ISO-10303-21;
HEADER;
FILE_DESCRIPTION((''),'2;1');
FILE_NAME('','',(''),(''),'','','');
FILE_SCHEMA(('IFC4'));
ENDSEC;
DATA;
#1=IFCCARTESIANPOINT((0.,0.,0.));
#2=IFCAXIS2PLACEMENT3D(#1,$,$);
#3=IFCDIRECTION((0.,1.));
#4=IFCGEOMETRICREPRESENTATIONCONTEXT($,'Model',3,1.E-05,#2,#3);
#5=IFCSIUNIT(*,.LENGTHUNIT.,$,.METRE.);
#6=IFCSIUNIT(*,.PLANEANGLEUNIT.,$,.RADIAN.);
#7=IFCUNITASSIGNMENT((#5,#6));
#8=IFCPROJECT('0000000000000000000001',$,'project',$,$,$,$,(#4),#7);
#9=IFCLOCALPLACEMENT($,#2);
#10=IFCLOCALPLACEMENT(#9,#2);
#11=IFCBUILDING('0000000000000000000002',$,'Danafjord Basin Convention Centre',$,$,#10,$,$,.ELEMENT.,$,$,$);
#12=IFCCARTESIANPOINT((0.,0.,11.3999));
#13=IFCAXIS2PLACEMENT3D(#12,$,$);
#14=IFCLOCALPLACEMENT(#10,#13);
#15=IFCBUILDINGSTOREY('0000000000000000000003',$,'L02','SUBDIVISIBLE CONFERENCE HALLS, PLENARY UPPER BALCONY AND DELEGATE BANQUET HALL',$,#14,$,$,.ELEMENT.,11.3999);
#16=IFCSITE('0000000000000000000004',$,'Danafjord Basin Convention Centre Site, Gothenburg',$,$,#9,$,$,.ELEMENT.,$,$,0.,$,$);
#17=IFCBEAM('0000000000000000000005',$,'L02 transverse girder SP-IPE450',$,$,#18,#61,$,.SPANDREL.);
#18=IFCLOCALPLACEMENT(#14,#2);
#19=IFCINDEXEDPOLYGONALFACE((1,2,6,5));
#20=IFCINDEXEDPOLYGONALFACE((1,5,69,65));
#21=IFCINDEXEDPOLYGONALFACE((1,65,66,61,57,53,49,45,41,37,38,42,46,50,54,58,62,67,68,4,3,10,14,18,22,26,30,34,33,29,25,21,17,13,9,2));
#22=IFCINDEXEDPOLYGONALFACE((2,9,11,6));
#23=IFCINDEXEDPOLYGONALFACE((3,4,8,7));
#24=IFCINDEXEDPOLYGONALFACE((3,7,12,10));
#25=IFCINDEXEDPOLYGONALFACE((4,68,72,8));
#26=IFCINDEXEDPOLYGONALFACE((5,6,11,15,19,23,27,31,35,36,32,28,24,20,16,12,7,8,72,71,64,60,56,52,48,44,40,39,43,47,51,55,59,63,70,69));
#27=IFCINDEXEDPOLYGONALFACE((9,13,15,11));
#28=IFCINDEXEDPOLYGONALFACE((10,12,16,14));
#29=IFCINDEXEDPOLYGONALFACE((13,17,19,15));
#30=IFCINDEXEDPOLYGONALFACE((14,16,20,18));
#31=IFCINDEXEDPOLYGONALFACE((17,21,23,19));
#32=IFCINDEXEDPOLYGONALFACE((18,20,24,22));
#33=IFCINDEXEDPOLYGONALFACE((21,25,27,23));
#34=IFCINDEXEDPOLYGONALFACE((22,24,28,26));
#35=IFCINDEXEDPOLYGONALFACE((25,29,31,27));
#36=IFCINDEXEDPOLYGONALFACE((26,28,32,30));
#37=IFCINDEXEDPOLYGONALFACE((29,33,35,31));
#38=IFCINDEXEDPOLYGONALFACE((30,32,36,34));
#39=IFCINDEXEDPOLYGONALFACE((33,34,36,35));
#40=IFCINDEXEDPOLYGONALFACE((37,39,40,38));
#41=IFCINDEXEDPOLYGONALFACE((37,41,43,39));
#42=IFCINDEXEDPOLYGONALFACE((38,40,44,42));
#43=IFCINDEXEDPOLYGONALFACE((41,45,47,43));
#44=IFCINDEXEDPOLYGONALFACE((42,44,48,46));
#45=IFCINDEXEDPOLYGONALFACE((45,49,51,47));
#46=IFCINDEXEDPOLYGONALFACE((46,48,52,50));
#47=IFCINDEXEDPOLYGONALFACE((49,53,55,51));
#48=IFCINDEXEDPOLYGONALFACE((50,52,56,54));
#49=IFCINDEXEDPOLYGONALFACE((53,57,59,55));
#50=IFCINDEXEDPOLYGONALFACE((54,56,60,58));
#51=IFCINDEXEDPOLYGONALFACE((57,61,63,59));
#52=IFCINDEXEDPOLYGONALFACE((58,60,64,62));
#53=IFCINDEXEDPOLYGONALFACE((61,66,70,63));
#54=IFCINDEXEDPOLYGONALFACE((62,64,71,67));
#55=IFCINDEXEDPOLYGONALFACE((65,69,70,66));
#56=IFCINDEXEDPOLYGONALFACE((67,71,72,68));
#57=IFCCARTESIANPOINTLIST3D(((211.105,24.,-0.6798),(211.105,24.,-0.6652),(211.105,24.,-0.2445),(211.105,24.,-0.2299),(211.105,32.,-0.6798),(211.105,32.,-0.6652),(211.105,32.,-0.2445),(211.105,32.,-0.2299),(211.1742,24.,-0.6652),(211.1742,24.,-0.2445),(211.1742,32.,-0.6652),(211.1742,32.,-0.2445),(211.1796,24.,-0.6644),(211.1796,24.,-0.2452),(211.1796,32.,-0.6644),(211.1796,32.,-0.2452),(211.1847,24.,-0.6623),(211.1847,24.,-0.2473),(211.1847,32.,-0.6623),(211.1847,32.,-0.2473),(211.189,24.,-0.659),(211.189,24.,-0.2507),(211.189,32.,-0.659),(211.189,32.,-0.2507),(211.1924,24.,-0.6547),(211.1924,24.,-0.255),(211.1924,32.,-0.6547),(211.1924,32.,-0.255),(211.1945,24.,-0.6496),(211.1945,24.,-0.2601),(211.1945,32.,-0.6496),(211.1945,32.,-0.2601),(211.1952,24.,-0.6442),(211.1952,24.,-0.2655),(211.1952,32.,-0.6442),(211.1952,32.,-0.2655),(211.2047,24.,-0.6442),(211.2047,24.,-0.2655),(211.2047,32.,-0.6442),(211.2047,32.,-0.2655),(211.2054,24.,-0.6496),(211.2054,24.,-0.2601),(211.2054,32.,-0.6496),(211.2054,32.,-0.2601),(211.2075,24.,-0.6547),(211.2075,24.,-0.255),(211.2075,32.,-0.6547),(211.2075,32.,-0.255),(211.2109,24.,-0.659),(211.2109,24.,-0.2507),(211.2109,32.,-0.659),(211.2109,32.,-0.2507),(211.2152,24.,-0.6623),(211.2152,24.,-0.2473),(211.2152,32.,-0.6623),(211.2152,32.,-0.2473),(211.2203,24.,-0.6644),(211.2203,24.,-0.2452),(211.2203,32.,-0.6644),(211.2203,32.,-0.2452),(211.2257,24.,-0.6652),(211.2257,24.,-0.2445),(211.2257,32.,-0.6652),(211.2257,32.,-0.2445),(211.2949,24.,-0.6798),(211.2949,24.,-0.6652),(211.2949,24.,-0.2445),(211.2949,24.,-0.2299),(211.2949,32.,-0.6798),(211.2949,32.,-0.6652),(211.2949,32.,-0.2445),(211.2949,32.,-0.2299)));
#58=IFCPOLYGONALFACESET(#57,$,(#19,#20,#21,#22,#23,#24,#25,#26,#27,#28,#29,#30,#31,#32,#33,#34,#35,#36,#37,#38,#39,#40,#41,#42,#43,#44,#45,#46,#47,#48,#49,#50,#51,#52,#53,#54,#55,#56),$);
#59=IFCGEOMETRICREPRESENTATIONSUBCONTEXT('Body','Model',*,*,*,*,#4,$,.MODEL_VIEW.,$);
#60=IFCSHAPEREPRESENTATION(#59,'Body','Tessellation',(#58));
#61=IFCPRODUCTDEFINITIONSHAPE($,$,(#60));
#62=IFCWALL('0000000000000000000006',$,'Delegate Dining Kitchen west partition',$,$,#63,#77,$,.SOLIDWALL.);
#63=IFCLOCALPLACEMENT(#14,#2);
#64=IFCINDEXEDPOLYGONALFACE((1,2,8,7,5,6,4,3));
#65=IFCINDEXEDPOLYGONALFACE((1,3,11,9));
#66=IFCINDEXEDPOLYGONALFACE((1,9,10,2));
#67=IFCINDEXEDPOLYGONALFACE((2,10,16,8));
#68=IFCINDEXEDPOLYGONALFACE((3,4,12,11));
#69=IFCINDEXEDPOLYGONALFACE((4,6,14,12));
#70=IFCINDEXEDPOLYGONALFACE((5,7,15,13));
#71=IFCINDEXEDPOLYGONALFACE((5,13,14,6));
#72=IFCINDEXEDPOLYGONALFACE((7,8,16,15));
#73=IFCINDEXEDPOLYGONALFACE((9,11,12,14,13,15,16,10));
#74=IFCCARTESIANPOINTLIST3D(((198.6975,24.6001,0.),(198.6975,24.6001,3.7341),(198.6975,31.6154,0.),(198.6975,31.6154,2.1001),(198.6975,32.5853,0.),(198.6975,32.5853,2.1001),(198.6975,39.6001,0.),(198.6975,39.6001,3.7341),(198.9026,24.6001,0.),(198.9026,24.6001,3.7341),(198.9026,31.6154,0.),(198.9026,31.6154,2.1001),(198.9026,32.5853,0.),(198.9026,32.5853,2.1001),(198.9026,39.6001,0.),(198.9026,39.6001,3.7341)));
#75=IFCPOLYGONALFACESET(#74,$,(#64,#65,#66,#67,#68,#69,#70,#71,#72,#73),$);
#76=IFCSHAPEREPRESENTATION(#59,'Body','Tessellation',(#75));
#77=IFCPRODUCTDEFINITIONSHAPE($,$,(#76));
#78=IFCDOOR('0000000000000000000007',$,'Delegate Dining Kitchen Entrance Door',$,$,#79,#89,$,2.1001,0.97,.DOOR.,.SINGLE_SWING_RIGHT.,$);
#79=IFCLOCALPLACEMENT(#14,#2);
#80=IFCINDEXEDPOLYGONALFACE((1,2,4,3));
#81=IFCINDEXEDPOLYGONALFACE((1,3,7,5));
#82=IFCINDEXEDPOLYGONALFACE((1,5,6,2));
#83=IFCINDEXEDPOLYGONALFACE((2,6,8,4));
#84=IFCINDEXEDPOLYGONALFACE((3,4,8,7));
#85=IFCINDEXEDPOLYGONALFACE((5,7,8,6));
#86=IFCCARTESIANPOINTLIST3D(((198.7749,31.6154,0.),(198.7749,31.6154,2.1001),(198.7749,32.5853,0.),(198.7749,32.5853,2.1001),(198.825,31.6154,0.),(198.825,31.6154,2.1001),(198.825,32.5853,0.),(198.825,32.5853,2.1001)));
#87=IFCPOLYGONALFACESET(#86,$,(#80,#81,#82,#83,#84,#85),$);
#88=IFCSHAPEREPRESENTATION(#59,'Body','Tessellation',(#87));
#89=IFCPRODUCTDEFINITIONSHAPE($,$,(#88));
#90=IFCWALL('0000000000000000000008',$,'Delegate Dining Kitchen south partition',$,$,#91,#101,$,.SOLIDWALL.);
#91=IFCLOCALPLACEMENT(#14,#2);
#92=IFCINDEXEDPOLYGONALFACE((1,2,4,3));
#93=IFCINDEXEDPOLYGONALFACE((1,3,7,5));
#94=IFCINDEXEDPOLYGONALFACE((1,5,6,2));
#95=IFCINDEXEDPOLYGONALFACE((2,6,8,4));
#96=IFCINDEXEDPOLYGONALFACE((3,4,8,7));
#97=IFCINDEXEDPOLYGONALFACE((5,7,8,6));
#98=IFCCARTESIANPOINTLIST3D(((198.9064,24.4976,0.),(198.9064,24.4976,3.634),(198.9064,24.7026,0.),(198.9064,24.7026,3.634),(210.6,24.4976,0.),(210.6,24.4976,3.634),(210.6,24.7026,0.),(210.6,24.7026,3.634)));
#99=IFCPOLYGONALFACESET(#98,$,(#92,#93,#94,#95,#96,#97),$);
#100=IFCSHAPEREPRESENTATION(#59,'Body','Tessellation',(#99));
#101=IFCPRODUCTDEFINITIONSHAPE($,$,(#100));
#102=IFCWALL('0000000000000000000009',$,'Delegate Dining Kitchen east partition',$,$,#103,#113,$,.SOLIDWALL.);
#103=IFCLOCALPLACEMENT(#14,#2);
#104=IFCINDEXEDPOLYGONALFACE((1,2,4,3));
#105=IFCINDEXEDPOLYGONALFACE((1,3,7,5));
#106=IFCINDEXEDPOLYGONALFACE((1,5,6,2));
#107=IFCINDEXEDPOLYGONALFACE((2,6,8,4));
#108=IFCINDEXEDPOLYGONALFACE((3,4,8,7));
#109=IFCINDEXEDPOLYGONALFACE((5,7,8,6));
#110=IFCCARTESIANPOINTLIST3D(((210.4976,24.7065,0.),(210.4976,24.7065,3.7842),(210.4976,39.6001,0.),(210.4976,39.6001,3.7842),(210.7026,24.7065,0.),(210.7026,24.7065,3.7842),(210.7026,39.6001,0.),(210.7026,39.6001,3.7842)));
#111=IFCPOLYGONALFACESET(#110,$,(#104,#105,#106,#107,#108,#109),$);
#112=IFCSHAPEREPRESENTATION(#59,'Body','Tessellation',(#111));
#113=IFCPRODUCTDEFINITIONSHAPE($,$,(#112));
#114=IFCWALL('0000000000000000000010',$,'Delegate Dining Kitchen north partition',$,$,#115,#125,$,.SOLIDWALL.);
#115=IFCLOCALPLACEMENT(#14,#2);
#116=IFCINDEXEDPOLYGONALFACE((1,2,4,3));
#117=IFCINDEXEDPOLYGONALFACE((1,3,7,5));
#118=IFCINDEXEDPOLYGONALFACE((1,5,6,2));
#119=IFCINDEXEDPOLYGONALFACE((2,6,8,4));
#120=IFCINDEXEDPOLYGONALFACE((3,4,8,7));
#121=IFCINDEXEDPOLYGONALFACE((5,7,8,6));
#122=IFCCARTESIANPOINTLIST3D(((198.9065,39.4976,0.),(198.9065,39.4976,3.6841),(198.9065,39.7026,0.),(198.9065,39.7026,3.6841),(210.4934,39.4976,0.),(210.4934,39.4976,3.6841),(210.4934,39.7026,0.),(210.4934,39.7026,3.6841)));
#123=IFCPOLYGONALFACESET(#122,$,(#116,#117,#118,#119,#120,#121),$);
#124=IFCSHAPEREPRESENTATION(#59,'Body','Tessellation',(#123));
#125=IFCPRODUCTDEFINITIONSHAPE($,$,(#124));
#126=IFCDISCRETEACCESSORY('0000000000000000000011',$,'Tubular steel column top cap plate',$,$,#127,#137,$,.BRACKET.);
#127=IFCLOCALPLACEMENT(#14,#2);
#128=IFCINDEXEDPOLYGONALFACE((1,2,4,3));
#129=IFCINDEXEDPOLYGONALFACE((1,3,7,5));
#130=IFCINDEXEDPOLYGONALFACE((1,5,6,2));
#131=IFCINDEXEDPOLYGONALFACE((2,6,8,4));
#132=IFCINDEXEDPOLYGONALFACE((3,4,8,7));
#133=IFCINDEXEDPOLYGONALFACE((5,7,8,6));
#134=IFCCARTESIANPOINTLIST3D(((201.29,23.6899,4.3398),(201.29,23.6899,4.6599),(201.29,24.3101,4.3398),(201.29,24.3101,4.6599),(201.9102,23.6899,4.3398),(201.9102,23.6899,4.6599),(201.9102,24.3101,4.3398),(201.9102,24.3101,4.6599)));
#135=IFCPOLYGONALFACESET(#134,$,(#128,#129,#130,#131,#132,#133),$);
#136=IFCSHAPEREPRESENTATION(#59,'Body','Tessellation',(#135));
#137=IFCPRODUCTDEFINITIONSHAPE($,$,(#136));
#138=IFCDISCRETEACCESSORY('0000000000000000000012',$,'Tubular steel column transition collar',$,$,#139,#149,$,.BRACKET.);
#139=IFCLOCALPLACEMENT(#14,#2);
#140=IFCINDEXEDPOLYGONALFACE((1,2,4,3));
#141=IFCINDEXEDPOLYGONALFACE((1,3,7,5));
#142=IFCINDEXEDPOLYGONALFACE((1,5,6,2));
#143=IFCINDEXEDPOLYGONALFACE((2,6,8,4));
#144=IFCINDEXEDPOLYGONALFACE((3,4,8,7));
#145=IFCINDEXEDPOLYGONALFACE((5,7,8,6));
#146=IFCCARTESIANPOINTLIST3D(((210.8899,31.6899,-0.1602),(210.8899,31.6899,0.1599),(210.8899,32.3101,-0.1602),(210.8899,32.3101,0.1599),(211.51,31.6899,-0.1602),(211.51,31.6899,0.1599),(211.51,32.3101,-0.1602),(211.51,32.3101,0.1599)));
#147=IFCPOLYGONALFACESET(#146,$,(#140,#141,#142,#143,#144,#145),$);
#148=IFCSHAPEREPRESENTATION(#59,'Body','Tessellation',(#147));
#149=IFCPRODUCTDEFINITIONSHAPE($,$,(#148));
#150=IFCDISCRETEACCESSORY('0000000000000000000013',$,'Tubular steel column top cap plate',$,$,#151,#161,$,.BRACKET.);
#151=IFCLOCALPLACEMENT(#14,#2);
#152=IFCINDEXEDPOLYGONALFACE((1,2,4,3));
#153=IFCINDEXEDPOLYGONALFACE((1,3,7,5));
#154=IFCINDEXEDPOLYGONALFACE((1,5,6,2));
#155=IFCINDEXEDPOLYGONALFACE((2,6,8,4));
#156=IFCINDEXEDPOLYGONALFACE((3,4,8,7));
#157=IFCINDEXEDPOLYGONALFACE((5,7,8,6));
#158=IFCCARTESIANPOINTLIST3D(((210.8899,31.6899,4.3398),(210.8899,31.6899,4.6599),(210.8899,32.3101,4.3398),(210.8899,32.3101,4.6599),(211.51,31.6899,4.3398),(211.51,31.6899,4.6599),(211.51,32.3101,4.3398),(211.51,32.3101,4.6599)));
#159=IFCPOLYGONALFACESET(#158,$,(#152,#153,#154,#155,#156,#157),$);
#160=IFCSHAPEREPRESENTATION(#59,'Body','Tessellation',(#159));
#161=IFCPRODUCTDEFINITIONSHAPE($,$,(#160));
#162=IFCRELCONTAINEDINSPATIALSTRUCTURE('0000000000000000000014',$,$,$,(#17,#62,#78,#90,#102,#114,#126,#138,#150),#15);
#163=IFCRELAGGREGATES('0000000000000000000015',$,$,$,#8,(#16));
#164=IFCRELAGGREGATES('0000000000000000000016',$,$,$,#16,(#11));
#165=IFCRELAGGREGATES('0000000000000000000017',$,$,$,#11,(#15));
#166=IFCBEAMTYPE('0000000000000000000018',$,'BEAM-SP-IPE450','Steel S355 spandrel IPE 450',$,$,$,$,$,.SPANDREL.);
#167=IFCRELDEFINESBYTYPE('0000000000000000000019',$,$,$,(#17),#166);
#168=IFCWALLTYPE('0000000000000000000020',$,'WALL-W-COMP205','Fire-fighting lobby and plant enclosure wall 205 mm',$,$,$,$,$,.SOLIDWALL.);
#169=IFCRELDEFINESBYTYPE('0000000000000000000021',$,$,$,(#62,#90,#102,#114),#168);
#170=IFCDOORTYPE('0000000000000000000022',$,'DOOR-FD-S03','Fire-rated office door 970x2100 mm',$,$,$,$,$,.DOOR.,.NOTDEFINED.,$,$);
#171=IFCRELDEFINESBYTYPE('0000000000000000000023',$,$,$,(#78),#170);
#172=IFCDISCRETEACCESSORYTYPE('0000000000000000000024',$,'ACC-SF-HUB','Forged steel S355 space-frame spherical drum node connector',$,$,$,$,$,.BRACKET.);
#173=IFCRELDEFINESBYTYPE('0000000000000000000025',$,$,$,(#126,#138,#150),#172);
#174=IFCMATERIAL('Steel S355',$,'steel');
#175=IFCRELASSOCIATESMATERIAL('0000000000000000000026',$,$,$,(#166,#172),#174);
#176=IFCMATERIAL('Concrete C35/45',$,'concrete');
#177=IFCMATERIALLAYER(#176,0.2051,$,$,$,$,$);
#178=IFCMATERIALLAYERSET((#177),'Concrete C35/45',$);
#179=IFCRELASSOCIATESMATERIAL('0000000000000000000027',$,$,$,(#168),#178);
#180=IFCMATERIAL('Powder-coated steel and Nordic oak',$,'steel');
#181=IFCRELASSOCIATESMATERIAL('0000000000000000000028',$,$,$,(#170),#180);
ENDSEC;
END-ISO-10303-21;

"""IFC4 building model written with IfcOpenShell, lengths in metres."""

from ifc_helpers import new_model, si_unit, direction, frame, frame_2d, origin, origin_2d, place, context, subcontext, project, spatial, rectangle, i_section, extrude, material, layer, layer_set, material_profile, profile_set, type_object, element, fill, save


model = new_model("IFC4")

# Units and contexts
model_context = context("Model", 3, precision=1e-05, world=origin(), true_north=direction((0.0, 1.0)))
body_context = subcontext(model_context, "Body", "Model", "MODEL_VIEW")
ifc_project = project(units=[si_unit("LENGTHUNIT", "METRE"), si_unit("PLANEANGLEUNIT", "RADIAN")], contexts=[model_context])

# Site, building, storey
site_placement = place(None, origin())
site = spatial("IfcSite", under=ifc_project, at=site_placement, Name="Danafjord Basin Convention Centre Site, Gothenburg", CompositionType="ELEMENT", RefElevation=0.0)
building_placement = place(site_placement, origin())
building = spatial("IfcBuilding", under=site, at=building_placement, Name="Danafjord Basin Convention Centre", CompositionType="ELEMENT")
storey_placement = place(building_placement, frame((0.0, 0.0, 11.3999)))
storey = spatial("IfcBuildingStorey", under=building, at=storey_placement, Name="L02", Description="SUBDIVISIBLE CONFERENCE HALLS, PLENARY UPPER BALCONY AND DELEGATE BANQUET HALL", CompositionType="ELEMENT", Elevation=11.3999)

# Shared definitions
ifc_material_1 = material(Name="Steel S355", Category="steel")

# Beam
ifc_material_profile_1 = material_profile(ifc_material_1, i_section(OverallWidth=0.1899, OverallDepth=0.45, WebThickness=0.0095, FlangeThickness=0.0146, FilletRadius=0.021, at=origin_2d()), Name="IPE 450")
ifc_profile_set_1 = profile_set([ifc_material_profile_1], Name="Steel S355")
beam_type_1 = type_object("IfcBeamType", Name="BEAM-SP-IPE450", Description="Steel S355 spandrel IPE 450", PredefinedType="SPANDREL", material=ifc_profile_set_1)
beam_1_placement = place(storey_placement, frame((211.2, 24.0, -0.4548), z_axis=(0.0, 1.0, 0.0), x_axis=(-1.0, 0.0, 0.0)))
element("IfcBeam", 1, at=beam_1_placement, inside=storey, type_object=beam_type_1, Name="L02 transverse girder SP-IPE450", PredefinedType="SPANDREL", context=body_context, shape_type="SweptSolid", body=[
    extrude(i_section(OverallWidth=0.1899, OverallDepth=0.45, WebThickness=0.0095, FlangeThickness=0.0146, FilletRadius=0.021, at=origin_2d()), origin(), (0.0, 0.0, 1.0), 8.0),
])

# Wall, opening, door
ifc_material_2 = material(Name="Concrete C35/45", Category="concrete")
ifc_layer = layer(ifc_material_2, 0.2051)
ifc_layer_set = layer_set([ifc_layer], Name="Concrete C35/45")
wall_type = type_object("IfcWallType", Name="WALL-W-COMP205", Description="Fire-fighting lobby and plant enclosure wall 205 mm", PredefinedType="SOLIDWALL", material=ifc_layer_set)
wall_1_placement = place(storey_placement, frame((198.8, 39.6001, 0.0), z_axis=(0.0, 0.0, 1.0), x_axis=(0.0, -1.0, 0.0)))
wall_1 = element("IfcWall", 2, at=wall_1_placement, inside=storey, type_object=wall_type, Name="Delegate Dining Kitchen west partition", PredefinedType="SOLIDWALL", context=body_context, shape_type="SweptSolid", body=[
    extrude(rectangle(XDim=15.0, YDim=0.2051, at=frame_2d((7.5, 0.0))), origin(), (0.0, 0.0, 1.0), 3.7341),
])
opening_placement = place(wall_1_placement, frame((7.0149, 0.0, 0.0)))
opening = element("IfcOpeningElement", 3, at=opening_placement, cuts=wall_1, PredefinedType="OPENING", context=body_context, shape_type="SweptSolid", body=[
    extrude(rectangle(XDim=0.97, YDim=2.1001, at=frame_2d((0.4849, 1.05))), frame((0.0, 0.1125, 0.0), z_axis=(0.0, -1.0, 0.0), x_axis=(1.0, 0.0, 0.0)), (0.0, 0.0, 1.0), 0.2251),
])
ifc_material_3 = material(Name="Powder-coated steel and Nordic oak", Category="steel")
door_type = type_object("IfcDoorType", Name="DOOR-FD-S03", Description="Fire-rated office door 970x2100 mm", OperationType="NOTDEFINED", PredefinedType="DOOR", material=ifc_material_3)
door_placement = place(opening_placement, origin())
door = element("IfcDoor", 4, at=door_placement, inside=storey, type_object=door_type, Name="Delegate Dining Kitchen Entrance Door", OperationType="SINGLE_SWING_RIGHT", OverallHeight=2.1001, OverallWidth=0.97, PredefinedType="DOOR", context=body_context, shape_type="SweptSolid", body=[
    extrude(rectangle(XDim=0.97, YDim=2.1001, at=frame_2d((0.4849, 1.05))), frame((0.0, 0.0249, 0.0), z_axis=(0.0, -1.0, 0.0), x_axis=(1.0, 0.0, 0.0)), (0.0, 0.0, 1.0), 0.05),
])
fill(opening, door)

# Walls
wall_2_placement = place(storey_placement, frame((198.9065, 24.6001, 0.0), z_axis=(0.0, 0.0, 1.0), x_axis=(1.0, 0.0, 0.0)))
element("IfcWall", 5, at=wall_2_placement, inside=storey, type_object=wall_type, Name="Delegate Dining Kitchen south partition", PredefinedType="SOLIDWALL", context=body_context, shape_type="SweptSolid", body=[
    extrude(rectangle(XDim=11.6936, YDim=0.2051, at=frame_2d((5.8467, 0.0))), origin(), (0.0, 0.0, 1.0), 3.634),
])
wall_3_placement = place(storey_placement, frame((210.6001, 24.7065, 0.0), z_axis=(0.0, 0.0, 1.0), x_axis=(0.0, 1.0, 0.0)))
element("IfcWall", 6, at=wall_3_placement, inside=storey, type_object=wall_type, Name="Delegate Dining Kitchen east partition", PredefinedType="SOLIDWALL", context=body_context, shape_type="SweptSolid", body=[
    extrude(rectangle(XDim=14.8936, YDim=0.2051, at=frame_2d((7.4468, 0.0))), origin(), (0.0, 0.0, 1.0), 3.7842),
])
wall_4_placement = place(storey_placement, frame((210.4934, 39.6001, 0.0), z_axis=(0.0, 0.0, 1.0), x_axis=(-1.0, 0.0, 0.0)))
element("IfcWall", 7, at=wall_4_placement, inside=storey, type_object=wall_type, Name="Delegate Dining Kitchen north partition", PredefinedType="SOLIDWALL", context=body_context, shape_type="SweptSolid", body=[
    extrude(rectangle(XDim=11.5869, YDim=0.2051, at=frame_2d((5.7935, 0.0))), origin(), (0.0, 0.0, 1.0), 3.6841),
])

# Discrete accessories
discrete_accessory_type = type_object("IfcDiscreteAccessoryType", Name="ACC-SF-HUB", Description="Forged steel S355 space-frame spherical drum node connector", PredefinedType="BRACKET", material=ifc_material_1)
for number, where, z_axis, x_axis, name in (
    (8, (201.6001, 24.0, 4.3398), (0.0, 0.0, 1.0), (1.0, 0.0, 0.0), "Tubular steel column top cap plate"),
    (9, (211.2, 32.0, -0.1602), (0.0, 0.0, 1.0), (1.0, 0.0, 0.0), "Tubular steel column transition collar"),
    (10, (211.2, 32.0, 4.3398), (0.0, 0.0, 1.0), (1.0, 0.0, 0.0), "Tubular steel column top cap plate"),
):
    element("IfcDiscreteAccessory", number, at=place(storey_placement, frame(where, z_axis=z_axis, x_axis=x_axis)), inside=storey, type_object=discrete_accessory_type, Name=name, PredefinedType="BRACKET", context=body_context, shape_type="SweptSolid", body=[
        extrude(rectangle(XDim=0.6201, YDim=0.6201, at=origin_2d()), origin(), (0.0, 0.0, 1.0), 0.3201),
    ])

save(model, "model.ifc")
